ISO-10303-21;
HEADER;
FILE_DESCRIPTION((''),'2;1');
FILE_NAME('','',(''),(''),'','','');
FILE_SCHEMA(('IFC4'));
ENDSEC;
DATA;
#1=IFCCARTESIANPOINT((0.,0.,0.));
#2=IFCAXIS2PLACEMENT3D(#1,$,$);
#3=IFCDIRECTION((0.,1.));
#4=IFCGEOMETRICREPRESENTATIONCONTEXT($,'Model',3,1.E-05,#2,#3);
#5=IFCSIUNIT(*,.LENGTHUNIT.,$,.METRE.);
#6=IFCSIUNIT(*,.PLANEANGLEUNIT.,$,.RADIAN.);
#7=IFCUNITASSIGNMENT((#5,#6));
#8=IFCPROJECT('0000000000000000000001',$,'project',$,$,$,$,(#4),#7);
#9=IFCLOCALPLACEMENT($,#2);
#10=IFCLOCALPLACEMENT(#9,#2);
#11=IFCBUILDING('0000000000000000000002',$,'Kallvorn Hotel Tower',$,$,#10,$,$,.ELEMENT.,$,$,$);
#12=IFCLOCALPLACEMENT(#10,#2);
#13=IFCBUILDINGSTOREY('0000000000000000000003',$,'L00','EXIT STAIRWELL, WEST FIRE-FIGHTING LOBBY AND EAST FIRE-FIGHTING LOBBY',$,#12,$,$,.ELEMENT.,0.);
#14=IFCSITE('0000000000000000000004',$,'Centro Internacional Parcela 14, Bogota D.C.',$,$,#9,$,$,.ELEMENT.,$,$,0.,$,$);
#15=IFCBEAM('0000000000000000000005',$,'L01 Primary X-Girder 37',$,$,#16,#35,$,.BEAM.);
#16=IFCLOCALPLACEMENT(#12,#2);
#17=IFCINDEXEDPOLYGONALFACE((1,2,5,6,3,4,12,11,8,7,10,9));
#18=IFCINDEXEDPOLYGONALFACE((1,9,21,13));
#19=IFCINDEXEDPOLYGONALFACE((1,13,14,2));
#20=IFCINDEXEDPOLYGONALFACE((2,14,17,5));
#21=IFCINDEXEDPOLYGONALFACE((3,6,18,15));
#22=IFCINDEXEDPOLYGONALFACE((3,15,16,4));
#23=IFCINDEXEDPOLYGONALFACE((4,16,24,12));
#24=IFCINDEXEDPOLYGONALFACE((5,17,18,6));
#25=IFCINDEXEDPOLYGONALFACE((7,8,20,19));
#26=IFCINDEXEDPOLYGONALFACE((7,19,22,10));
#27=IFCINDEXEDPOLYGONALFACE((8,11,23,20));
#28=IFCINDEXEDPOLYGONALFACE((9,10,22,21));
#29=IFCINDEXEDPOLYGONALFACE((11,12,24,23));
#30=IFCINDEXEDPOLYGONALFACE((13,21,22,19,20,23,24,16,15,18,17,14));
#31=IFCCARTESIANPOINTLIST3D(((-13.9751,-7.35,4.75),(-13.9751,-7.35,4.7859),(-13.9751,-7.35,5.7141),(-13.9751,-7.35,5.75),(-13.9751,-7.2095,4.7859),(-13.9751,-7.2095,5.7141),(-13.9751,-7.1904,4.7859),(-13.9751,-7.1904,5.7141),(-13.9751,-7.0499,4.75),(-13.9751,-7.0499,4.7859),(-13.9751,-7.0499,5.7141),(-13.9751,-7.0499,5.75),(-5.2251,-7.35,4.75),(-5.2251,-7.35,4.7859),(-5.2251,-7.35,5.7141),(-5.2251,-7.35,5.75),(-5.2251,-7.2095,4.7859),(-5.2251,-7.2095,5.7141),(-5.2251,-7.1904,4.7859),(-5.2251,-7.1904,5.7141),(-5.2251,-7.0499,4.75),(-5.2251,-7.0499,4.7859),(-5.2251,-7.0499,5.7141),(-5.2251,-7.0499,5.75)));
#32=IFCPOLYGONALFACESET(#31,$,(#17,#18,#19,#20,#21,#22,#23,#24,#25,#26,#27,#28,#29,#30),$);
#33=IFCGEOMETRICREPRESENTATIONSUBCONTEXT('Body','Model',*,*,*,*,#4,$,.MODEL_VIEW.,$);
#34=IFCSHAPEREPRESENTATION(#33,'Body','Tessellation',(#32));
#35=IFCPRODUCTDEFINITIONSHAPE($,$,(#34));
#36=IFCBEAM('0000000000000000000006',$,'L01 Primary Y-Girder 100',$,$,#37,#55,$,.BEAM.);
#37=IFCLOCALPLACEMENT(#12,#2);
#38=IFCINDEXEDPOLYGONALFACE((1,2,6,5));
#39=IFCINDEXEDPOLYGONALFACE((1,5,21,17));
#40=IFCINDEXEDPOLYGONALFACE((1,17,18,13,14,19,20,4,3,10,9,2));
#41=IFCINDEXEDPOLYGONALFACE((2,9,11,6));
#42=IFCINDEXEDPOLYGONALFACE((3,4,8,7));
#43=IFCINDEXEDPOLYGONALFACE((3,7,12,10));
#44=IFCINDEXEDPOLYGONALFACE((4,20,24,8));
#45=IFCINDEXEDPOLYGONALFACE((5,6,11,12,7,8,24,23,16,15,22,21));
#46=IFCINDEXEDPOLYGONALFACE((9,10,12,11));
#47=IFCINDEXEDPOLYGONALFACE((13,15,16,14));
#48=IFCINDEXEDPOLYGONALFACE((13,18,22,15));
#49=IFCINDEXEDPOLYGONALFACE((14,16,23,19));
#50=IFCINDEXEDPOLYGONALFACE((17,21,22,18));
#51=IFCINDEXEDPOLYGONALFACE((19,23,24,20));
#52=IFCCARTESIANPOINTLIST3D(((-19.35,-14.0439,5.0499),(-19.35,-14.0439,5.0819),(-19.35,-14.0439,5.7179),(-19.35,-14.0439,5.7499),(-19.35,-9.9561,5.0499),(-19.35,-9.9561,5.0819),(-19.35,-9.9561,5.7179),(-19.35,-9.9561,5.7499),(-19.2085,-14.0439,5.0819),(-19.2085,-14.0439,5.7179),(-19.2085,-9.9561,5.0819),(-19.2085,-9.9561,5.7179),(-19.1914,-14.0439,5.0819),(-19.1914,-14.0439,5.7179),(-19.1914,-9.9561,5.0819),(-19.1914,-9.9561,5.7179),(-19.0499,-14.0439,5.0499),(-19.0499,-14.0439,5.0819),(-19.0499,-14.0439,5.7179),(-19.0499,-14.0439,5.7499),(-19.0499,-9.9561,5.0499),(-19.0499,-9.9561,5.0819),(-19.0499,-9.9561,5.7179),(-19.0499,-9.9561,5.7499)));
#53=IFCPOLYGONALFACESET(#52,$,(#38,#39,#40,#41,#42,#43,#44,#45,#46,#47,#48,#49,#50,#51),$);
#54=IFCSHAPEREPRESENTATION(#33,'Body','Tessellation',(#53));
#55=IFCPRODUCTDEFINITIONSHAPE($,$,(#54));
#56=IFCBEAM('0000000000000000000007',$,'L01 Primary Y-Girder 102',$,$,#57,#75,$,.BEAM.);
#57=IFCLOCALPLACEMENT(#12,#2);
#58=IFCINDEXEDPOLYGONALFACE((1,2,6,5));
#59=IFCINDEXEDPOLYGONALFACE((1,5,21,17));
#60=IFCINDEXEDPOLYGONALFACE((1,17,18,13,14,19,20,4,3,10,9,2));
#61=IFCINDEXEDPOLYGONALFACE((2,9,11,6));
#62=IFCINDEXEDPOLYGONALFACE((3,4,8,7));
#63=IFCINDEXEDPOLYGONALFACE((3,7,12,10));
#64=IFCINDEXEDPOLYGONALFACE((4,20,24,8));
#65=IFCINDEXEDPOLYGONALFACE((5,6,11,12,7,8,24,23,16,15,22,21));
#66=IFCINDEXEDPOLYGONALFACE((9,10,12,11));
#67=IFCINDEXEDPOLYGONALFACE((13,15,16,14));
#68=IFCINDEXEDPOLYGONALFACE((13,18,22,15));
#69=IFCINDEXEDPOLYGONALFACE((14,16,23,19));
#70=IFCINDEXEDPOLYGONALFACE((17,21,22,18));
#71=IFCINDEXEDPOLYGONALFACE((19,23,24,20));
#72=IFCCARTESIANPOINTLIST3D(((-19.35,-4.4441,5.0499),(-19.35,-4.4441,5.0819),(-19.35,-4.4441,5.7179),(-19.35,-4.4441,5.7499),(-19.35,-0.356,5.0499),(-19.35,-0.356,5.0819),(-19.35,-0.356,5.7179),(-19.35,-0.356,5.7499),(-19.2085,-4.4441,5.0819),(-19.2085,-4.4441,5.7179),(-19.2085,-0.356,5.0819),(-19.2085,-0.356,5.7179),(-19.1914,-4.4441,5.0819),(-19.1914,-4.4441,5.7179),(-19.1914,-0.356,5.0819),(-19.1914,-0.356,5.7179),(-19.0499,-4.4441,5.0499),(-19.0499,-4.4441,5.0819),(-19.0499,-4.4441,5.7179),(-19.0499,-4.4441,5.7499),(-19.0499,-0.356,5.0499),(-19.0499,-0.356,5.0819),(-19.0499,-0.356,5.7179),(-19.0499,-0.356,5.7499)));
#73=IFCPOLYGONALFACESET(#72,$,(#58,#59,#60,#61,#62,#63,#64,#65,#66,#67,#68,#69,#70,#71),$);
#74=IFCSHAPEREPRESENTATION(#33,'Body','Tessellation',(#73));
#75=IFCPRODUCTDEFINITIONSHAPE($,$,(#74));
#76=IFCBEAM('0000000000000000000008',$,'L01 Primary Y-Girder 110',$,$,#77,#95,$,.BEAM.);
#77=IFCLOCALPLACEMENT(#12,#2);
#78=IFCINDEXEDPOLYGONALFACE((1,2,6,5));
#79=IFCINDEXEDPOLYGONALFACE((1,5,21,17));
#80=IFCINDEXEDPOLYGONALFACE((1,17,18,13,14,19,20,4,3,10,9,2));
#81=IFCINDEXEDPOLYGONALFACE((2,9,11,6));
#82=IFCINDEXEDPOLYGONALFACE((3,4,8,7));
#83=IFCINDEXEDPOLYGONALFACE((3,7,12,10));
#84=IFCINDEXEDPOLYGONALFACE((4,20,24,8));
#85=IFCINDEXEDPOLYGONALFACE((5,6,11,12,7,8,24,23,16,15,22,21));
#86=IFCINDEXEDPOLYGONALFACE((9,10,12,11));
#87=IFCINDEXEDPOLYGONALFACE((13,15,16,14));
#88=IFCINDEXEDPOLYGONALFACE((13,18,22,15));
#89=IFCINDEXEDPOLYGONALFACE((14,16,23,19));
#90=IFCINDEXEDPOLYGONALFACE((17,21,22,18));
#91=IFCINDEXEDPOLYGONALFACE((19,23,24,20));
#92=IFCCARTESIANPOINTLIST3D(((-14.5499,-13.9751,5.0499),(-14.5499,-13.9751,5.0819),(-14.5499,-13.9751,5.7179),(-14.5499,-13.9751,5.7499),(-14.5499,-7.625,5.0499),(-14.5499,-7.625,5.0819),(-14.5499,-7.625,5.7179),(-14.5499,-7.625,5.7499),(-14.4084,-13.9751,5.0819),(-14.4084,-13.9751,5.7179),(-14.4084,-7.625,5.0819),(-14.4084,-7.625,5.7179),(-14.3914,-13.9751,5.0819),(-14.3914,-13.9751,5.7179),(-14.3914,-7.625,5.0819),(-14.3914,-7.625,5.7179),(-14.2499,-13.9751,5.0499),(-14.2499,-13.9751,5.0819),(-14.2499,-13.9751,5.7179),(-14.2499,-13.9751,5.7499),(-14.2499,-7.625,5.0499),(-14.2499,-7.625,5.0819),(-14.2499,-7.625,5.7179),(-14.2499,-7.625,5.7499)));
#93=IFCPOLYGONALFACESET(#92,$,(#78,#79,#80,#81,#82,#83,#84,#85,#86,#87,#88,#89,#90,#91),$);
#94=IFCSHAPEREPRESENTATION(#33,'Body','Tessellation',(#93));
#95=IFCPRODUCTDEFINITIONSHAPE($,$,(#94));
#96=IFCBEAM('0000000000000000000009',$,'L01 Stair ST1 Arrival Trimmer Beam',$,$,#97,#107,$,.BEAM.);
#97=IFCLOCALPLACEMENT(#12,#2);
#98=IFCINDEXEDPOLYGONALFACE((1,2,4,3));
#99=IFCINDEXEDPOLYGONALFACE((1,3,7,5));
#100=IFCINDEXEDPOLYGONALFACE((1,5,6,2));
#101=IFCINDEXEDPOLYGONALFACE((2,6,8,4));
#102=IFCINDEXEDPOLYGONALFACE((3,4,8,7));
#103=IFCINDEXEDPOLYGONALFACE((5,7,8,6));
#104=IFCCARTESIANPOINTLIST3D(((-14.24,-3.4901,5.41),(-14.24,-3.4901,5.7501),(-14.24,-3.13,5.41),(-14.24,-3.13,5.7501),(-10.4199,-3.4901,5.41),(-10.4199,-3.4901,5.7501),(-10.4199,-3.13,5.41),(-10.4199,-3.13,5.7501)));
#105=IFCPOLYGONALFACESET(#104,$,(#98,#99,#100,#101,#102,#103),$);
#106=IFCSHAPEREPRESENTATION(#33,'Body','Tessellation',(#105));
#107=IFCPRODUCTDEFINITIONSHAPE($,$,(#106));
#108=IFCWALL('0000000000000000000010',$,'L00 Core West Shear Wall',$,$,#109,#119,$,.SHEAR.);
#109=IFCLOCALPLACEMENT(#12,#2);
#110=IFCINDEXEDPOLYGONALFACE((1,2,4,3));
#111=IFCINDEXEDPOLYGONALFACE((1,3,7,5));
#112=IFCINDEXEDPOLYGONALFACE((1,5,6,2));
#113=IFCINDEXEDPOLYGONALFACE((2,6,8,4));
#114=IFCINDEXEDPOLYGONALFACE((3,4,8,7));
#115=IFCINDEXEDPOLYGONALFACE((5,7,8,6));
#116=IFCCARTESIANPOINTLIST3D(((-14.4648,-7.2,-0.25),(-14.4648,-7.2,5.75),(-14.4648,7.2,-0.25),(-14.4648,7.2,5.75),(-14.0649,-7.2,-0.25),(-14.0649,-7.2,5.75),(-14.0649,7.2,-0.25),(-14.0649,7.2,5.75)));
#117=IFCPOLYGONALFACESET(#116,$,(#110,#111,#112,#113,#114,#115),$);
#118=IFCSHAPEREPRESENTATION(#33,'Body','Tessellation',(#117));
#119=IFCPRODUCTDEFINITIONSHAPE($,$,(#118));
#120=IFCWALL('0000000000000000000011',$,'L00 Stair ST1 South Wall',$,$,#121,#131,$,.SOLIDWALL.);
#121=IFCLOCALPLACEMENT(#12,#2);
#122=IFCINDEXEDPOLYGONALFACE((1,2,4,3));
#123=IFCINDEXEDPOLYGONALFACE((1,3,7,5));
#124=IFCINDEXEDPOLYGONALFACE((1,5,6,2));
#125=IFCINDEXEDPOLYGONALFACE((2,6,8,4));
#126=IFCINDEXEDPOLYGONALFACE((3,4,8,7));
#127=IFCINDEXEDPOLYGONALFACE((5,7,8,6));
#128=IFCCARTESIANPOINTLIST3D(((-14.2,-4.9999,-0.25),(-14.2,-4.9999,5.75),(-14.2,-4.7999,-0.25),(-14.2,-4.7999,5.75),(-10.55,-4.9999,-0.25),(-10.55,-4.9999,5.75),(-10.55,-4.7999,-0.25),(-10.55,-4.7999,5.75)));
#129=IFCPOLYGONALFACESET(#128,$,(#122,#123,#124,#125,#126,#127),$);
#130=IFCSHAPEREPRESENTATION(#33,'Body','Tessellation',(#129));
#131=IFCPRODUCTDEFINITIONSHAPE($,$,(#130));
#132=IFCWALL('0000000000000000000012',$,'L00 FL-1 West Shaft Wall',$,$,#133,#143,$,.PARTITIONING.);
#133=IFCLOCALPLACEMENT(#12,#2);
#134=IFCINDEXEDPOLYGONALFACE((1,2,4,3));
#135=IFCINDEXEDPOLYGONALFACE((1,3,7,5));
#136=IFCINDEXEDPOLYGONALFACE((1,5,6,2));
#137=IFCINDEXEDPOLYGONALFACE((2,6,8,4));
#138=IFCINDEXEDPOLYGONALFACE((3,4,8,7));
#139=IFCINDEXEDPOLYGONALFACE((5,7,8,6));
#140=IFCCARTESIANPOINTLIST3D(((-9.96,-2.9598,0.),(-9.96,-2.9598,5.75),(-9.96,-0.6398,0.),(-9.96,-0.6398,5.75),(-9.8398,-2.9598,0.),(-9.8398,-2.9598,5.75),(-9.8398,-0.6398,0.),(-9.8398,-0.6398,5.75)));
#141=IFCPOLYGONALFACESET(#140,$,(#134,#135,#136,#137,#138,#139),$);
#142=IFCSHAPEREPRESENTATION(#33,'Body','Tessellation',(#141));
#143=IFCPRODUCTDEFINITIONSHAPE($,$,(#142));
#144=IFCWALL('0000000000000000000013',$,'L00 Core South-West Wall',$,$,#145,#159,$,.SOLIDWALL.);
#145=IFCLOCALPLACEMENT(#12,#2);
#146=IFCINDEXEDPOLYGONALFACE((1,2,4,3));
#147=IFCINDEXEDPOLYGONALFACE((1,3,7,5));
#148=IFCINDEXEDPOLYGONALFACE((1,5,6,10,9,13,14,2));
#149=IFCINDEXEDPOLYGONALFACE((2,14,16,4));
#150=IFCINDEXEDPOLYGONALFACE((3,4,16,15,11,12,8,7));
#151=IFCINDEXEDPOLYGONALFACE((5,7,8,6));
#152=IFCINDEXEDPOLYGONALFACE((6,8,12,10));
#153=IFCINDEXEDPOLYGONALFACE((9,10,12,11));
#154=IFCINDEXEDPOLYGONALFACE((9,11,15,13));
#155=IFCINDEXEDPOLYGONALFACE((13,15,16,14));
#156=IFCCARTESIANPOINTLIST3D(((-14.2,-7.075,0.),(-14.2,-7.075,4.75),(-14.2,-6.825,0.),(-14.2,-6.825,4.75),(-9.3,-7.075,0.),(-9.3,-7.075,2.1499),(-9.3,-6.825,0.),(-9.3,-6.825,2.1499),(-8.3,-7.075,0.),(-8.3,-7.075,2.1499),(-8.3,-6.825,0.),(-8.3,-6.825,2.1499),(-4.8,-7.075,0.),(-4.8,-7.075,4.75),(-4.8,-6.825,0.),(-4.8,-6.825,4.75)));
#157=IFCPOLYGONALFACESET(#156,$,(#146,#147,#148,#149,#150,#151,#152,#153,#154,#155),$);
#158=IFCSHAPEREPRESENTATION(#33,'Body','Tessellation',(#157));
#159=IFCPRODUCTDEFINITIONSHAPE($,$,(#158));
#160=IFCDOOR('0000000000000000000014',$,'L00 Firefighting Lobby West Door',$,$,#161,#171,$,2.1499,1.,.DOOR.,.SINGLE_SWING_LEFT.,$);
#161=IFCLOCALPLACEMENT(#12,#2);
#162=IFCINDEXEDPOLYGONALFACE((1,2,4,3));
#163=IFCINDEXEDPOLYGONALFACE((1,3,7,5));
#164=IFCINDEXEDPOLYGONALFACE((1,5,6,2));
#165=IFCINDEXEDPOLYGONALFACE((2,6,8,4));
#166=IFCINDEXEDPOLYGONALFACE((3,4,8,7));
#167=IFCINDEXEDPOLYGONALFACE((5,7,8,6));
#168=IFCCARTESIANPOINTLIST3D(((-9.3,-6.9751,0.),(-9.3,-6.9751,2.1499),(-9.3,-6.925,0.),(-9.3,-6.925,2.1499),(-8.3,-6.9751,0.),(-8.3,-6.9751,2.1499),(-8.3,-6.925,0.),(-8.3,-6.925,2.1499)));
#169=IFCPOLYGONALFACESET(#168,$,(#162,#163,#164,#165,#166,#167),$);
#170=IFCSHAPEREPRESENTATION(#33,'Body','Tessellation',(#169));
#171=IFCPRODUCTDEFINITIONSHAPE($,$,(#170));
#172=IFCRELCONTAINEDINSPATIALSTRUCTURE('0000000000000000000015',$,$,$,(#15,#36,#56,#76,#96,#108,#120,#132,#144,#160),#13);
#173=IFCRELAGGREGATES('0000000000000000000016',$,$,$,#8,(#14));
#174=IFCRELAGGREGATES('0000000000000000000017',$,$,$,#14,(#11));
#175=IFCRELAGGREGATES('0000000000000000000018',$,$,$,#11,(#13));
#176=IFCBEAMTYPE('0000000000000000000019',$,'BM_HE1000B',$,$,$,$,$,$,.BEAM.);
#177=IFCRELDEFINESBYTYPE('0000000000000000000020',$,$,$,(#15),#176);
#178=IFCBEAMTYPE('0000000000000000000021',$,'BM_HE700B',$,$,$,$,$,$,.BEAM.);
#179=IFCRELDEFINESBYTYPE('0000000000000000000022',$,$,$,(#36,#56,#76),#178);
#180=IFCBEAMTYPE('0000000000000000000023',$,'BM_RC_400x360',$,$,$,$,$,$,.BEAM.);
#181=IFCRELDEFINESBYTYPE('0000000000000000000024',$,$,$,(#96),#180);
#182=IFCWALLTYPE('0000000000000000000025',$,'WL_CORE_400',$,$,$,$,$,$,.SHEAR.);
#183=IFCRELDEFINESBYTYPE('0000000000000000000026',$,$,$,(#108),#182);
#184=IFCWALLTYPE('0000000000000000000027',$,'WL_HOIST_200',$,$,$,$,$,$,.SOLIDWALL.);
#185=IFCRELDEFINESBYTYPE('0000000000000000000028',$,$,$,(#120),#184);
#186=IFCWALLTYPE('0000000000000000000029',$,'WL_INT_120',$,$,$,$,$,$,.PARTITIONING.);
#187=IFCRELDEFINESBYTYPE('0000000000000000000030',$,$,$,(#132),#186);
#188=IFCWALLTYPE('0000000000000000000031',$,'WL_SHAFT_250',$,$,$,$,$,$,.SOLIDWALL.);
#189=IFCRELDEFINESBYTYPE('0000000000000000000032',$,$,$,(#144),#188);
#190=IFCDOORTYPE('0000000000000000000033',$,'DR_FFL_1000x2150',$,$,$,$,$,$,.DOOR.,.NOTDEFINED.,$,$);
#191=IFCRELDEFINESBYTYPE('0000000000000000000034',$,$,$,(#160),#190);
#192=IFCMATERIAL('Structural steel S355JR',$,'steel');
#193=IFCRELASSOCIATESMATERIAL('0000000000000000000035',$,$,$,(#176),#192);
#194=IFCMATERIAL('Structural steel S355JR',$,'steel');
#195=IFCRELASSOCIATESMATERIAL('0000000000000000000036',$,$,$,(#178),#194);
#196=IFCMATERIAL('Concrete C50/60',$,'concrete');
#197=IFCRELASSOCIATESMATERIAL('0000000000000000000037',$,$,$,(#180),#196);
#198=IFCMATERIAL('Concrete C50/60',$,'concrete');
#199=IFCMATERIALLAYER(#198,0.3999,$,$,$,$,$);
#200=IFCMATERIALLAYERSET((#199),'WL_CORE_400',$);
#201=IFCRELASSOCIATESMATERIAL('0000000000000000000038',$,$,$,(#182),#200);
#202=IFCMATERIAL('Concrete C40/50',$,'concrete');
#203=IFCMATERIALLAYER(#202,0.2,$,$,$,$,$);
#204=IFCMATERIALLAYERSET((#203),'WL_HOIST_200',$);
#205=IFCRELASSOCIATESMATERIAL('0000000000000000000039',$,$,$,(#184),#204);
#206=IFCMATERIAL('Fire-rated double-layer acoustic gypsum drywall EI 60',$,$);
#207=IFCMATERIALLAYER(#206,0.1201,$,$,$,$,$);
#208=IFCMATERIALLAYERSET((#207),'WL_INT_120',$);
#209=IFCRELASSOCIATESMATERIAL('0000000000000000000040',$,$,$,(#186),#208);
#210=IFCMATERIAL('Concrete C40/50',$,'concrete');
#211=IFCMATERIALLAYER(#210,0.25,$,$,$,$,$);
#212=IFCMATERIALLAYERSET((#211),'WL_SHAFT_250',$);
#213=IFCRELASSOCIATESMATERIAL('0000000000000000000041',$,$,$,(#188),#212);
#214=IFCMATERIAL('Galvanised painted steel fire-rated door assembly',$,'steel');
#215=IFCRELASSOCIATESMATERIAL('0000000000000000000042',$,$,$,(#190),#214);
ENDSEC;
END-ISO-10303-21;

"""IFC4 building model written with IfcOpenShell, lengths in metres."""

from ifc_helpers import new_model, si_unit, direction, frame, frame_2d, origin, origin_2d, place, context, subcontext, project, spatial, rectangle, i_section, extrude, material, layer, layer_set, material_profile, profile_set, type_object, element, fill, save


model = new_model("IFC4")

# Units and contexts
model_context = context("Model", 3, precision=1e-05, world=origin(), true_north=direction((0.0, 1.0)))
body_context = subcontext(model_context, "Body", "Model", "MODEL_VIEW")
ifc_project = project(units=[si_unit("LENGTHUNIT", "METRE"), si_unit("PLANEANGLEUNIT", "RADIAN")], contexts=[model_context])

# Site, building, storey
site_placement = place(None, origin())
site = spatial("IfcSite", under=ifc_project, at=site_placement, Name="Centro Internacional Parcela 14, Bogota D.C.", CompositionType="ELEMENT", RefElevation=0.0)
building_placement = place(site_placement, origin())
building = spatial("IfcBuilding", under=site, at=building_placement, Name="Kallvorn Hotel Tower", CompositionType="ELEMENT")
storey_placement = place(building_placement, origin())
storey = spatial("IfcBuildingStorey", under=building, at=storey_placement, Name="L00", Description="EXIT STAIRWELL, WEST FIRE-FIGHTING LOBBY AND EAST FIRE-FIGHTING LOBBY", CompositionType="ELEMENT", Elevation=0.0)

# Beams
ifc_material_1 = material(Name="Structural steel S355JR", Category="steel")
ifc_material_profile_1 = material_profile(ifc_material_1, i_section(OverallWidth=0.3, OverallDepth=1.0, WebThickness=0.019, FlangeThickness=0.0359, at=origin_2d()), Name="HE 1000 B")
ifc_profile_set_1 = profile_set([ifc_material_profile_1], Name="Structural steel S355JR")
beam_type_1 = type_object("IfcBeamType", Name="BM_HE1000B", PredefinedType="BEAM", material=ifc_profile_set_1)
beam_1_placement = place(storey_placement, frame((-13.9751, -7.2, 5.25), z_axis=(1.0, 0.0, 0.0), x_axis=(0.0, 1.0, 0.0)))
element("IfcBeam", 1, at=beam_1_placement, inside=storey, type_object=beam_type_1, Name="L01 Primary X-Girder 37", PredefinedType="BEAM", context=body_context, shape_type="SweptSolid", body=[
    extrude(i_section(OverallWidth=0.3, OverallDepth=1.0, WebThickness=0.019, FlangeThickness=0.0359, at=origin_2d()), origin(), (0.0, 0.0, 1.0), 8.75),
])
ifc_material_2 = material(Name="Structural steel S355JR", Category="steel")
ifc_material_profile_2 = material_profile(ifc_material_2, i_section(OverallWidth=0.3, OverallDepth=0.7, WebThickness=0.0171, FlangeThickness=0.032, at=origin_2d()), Name="HE 700 B")
ifc_profile_set_2 = profile_set([ifc_material_profile_2], Name="Structural steel S355JR")
beam_type_2 = type_object("IfcBeamType", Name="BM_HE700B", PredefinedType="BEAM", material=ifc_profile_set_2)
beam_2_placement = place(storey_placement, frame((-19.2, -14.0439, 5.3999), z_axis=(0.0, 1.0, 0.0), x_axis=(-1.0, 0.0, 0.0)))
element("IfcBeam", 2, at=beam_2_placement, inside=storey, type_object=beam_type_2, Name="L01 Primary Y-Girder 100", PredefinedType="BEAM", context=body_context, shape_type="SweptSolid", body=[
    extrude(i_section(OverallWidth=0.3, OverallDepth=0.7, WebThickness=0.0171, FlangeThickness=0.032, at=origin_2d()), origin(), (0.0, 0.0, 1.0), 4.0879),
])
beam_3_placement = place(storey_placement, frame((-19.2, -4.4441, 5.3999), z_axis=(0.0, 1.0, 0.0), x_axis=(-1.0, 0.0, 0.0)))
element("IfcBeam", 3, at=beam_3_placement, inside=storey, type_object=beam_type_2, Name="L01 Primary Y-Girder 102", PredefinedType="BEAM", context=body_context, shape_type="SweptSolid", body=[
    extrude(i_section(OverallWidth=0.3, OverallDepth=0.7, WebThickness=0.0171, FlangeThickness=0.032, at=origin_2d()), origin(), (0.0, 0.0, 1.0), 4.0881),
])
beam_4_placement = place(storey_placement, frame((-14.3999, -13.9751, 5.3999), z_axis=(0.0, 1.0, 0.0), x_axis=(-1.0, 0.0, 0.0)))
element("IfcBeam", 4, at=beam_4_placement, inside=storey, type_object=beam_type_2, Name="L01 Primary Y-Girder 110", PredefinedType="BEAM", context=body_context, shape_type="SweptSolid", body=[
    extrude(i_section(OverallWidth=0.3, OverallDepth=0.7, WebThickness=0.0171, FlangeThickness=0.032, at=origin_2d()), origin(), (0.0, 0.0, 1.0), 6.3501),
])
ifc_material_3 = material(Name="Concrete C50/60", Category="concrete")
ifc_material_profile_3 = material_profile(ifc_material_3, rectangle(XDim=0.3601, YDim=0.3401, at=origin_2d()), Name="RC 360x340")
ifc_profile_set_3 = profile_set([ifc_material_profile_3], Name="Concrete C50/60")
beam_type_3 = type_object("IfcBeamType", Name="BM_RC_400x360", PredefinedType="BEAM", material=ifc_profile_set_3)
beam_5_placement = place(storey_placement, frame((-10.4199, -3.3101, 5.5801), z_axis=(-1.0, 0.0, 0.0), x_axis=(0.0, -1.0, 0.0)))
element("IfcBeam", 5, at=beam_5_placement, inside=storey, type_object=beam_type_3, Name="L01 Stair ST1 Arrival Trimmer Beam", PredefinedType="BEAM", context=body_context, shape_type="SweptSolid", body=[
    extrude(rectangle(XDim=0.3601, YDim=0.3401, at=origin_2d()), origin(), (0.0, 0.0, 1.0), 3.8201),
])

# Walls
ifc_material_4 = material(Name="Concrete C50/60", Category="concrete")
ifc_layer_1 = layer(ifc_material_4, 0.3999)
ifc_layer_set_1 = layer_set([ifc_layer_1], Name="WL_CORE_400")
wall_type_1 = type_object("IfcWallType", Name="WL_CORE_400", PredefinedType="SHEAR", material=ifc_layer_set_1)
wall_1_placement = place(storey_placement, frame((-14.2649, -7.2, -0.25), z_axis=(0.0, 0.0, 1.0), x_axis=(0.0, 1.0, 0.0)))
element("IfcWall", 6, at=wall_1_placement, inside=storey, type_object=wall_type_1, Name="L00 Core West Shear Wall", PredefinedType="SHEAR", context=body_context, shape_type="SweptSolid", body=[
    extrude(rectangle(XDim=14.3999, YDim=0.3999, at=frame_2d((7.2, 0.0))), origin(), (0.0, 0.0, 1.0), 6.0),
])
ifc_material_5 = material(Name="Concrete C40/50", Category="concrete")
ifc_layer_2 = layer(ifc_material_5, 0.2)
ifc_layer_set_2 = layer_set([ifc_layer_2], Name="WL_HOIST_200")
wall_type_2 = type_object("IfcWallType", Name="WL_HOIST_200", PredefinedType="SOLIDWALL", material=ifc_layer_set_2)
wall_2_placement = place(storey_placement, frame((-14.2, -4.8999, -0.25), z_axis=(0.0, 0.0, 1.0), x_axis=(1.0, 0.0, 0.0)))
element("IfcWall", 7, at=wall_2_placement, inside=storey, type_object=wall_type_2, Name="L00 Stair ST1 South Wall", PredefinedType="SOLIDWALL", context=body_context, shape_type="SweptSolid", body=[
    extrude(rectangle(XDim=3.6499, YDim=0.2, at=frame_2d((1.825, 0.0))), origin(), (0.0, 0.0, 1.0), 6.0),
])
ifc_material_6 = material(Name="Fire-rated double-layer acoustic gypsum drywall EI 60")
ifc_layer_3 = layer(ifc_material_6, 0.1201)
ifc_layer_set_3 = layer_set([ifc_layer_3], Name="WL_INT_120")
wall_type_3 = type_object("IfcWallType", Name="WL_INT_120", PredefinedType="PARTITIONING", material=ifc_layer_set_3)
wall_3_placement = place(storey_placement, frame((-9.8999, -2.96, 0.0), z_axis=(0.0, 0.0, 1.0), x_axis=(0.0, 1.0, 0.0)))
element("IfcWall", 8, at=wall_3_placement, inside=storey, type_object=wall_type_3, Name="L00 FL-1 West Shaft Wall", PredefinedType="PARTITIONING", context=body_context, shape_type="SweptSolid", body=[
    extrude(rectangle(XDim=2.3201, YDim=0.1201, at=frame_2d((1.1602, 0.0))), origin(), (0.0, 0.0, 1.0), 5.75),
])

# Wall, opening, door
ifc_material_7 = material(Name="Concrete C40/50", Category="concrete")
ifc_layer_4 = layer(ifc_material_7, 0.25)
ifc_layer_set_4 = layer_set([ifc_layer_4], Name="WL_SHAFT_250")
wall_type_4 = type_object("IfcWallType", Name="WL_SHAFT_250", PredefinedType="SOLIDWALL", material=ifc_layer_set_4)
wall_4_placement = place(storey_placement, frame((-14.2, -6.95, 0.0), z_axis=(0.0, 0.0, 1.0), x_axis=(1.0, 0.0, 0.0)))
wall_4 = element("IfcWall", 9, at=wall_4_placement, inside=storey, type_object=wall_type_4, Name="L00 Core South-West Wall", PredefinedType="SOLIDWALL", context=body_context, shape_type="SweptSolid", body=[
    extrude(rectangle(XDim=9.3999, YDim=0.25, at=frame_2d((4.7, 0.0))), origin(), (0.0, 0.0, 1.0), 4.75),
])
opening_1_placement = place(wall_4_placement, frame((4.8999, 0.0, 0.0)))
opening_1 = element("IfcOpeningElement", 10, at=opening_1_placement, cuts=wall_4, PredefinedType="OPENING", context=body_context, shape_type="SweptSolid", body=[
    extrude(rectangle(XDim=1.0, YDim=2.1499, at=frame_2d((0.5, 1.075))), frame((0.0, 0.1399, 0.0), z_axis=(0.0, -1.0, 0.0), x_axis=(1.0, 0.0, 0.0)), (0.0, 0.0, 1.0), 0.28),
])
ifc_material_8 = material(Name="Galvanised painted steel fire-rated door assembly", Category="steel")
door_type_1 = type_object("IfcDoorType", Name="DR_FFL_1000x2150", OperationType="NOTDEFINED", PredefinedType="DOOR", material=ifc_material_8)
door_1_placement = place(opening_1_placement, origin())
door_1 = element("IfcDoor", 11, at=door_1_placement, inside=storey, type_object=door_type_1, Name="L00 Firefighting Lobby West Door", OperationType="SINGLE_SWING_LEFT", OverallHeight=2.1499, OverallWidth=1.0, PredefinedType="DOOR", context=body_context, shape_type="SweptSolid", body=[
    extrude(rectangle(XDim=1.0, YDim=2.1499, at=frame_2d((0.5, 1.075))), frame((0.0, 0.0249, 0.0), z_axis=(0.0, -1.0, 0.0), x_axis=(1.0, 0.0, 0.0)), (0.0, 0.0, 1.0), 0.05),
])
fill(opening_1, door_1)

save(model, "model.ifc")
